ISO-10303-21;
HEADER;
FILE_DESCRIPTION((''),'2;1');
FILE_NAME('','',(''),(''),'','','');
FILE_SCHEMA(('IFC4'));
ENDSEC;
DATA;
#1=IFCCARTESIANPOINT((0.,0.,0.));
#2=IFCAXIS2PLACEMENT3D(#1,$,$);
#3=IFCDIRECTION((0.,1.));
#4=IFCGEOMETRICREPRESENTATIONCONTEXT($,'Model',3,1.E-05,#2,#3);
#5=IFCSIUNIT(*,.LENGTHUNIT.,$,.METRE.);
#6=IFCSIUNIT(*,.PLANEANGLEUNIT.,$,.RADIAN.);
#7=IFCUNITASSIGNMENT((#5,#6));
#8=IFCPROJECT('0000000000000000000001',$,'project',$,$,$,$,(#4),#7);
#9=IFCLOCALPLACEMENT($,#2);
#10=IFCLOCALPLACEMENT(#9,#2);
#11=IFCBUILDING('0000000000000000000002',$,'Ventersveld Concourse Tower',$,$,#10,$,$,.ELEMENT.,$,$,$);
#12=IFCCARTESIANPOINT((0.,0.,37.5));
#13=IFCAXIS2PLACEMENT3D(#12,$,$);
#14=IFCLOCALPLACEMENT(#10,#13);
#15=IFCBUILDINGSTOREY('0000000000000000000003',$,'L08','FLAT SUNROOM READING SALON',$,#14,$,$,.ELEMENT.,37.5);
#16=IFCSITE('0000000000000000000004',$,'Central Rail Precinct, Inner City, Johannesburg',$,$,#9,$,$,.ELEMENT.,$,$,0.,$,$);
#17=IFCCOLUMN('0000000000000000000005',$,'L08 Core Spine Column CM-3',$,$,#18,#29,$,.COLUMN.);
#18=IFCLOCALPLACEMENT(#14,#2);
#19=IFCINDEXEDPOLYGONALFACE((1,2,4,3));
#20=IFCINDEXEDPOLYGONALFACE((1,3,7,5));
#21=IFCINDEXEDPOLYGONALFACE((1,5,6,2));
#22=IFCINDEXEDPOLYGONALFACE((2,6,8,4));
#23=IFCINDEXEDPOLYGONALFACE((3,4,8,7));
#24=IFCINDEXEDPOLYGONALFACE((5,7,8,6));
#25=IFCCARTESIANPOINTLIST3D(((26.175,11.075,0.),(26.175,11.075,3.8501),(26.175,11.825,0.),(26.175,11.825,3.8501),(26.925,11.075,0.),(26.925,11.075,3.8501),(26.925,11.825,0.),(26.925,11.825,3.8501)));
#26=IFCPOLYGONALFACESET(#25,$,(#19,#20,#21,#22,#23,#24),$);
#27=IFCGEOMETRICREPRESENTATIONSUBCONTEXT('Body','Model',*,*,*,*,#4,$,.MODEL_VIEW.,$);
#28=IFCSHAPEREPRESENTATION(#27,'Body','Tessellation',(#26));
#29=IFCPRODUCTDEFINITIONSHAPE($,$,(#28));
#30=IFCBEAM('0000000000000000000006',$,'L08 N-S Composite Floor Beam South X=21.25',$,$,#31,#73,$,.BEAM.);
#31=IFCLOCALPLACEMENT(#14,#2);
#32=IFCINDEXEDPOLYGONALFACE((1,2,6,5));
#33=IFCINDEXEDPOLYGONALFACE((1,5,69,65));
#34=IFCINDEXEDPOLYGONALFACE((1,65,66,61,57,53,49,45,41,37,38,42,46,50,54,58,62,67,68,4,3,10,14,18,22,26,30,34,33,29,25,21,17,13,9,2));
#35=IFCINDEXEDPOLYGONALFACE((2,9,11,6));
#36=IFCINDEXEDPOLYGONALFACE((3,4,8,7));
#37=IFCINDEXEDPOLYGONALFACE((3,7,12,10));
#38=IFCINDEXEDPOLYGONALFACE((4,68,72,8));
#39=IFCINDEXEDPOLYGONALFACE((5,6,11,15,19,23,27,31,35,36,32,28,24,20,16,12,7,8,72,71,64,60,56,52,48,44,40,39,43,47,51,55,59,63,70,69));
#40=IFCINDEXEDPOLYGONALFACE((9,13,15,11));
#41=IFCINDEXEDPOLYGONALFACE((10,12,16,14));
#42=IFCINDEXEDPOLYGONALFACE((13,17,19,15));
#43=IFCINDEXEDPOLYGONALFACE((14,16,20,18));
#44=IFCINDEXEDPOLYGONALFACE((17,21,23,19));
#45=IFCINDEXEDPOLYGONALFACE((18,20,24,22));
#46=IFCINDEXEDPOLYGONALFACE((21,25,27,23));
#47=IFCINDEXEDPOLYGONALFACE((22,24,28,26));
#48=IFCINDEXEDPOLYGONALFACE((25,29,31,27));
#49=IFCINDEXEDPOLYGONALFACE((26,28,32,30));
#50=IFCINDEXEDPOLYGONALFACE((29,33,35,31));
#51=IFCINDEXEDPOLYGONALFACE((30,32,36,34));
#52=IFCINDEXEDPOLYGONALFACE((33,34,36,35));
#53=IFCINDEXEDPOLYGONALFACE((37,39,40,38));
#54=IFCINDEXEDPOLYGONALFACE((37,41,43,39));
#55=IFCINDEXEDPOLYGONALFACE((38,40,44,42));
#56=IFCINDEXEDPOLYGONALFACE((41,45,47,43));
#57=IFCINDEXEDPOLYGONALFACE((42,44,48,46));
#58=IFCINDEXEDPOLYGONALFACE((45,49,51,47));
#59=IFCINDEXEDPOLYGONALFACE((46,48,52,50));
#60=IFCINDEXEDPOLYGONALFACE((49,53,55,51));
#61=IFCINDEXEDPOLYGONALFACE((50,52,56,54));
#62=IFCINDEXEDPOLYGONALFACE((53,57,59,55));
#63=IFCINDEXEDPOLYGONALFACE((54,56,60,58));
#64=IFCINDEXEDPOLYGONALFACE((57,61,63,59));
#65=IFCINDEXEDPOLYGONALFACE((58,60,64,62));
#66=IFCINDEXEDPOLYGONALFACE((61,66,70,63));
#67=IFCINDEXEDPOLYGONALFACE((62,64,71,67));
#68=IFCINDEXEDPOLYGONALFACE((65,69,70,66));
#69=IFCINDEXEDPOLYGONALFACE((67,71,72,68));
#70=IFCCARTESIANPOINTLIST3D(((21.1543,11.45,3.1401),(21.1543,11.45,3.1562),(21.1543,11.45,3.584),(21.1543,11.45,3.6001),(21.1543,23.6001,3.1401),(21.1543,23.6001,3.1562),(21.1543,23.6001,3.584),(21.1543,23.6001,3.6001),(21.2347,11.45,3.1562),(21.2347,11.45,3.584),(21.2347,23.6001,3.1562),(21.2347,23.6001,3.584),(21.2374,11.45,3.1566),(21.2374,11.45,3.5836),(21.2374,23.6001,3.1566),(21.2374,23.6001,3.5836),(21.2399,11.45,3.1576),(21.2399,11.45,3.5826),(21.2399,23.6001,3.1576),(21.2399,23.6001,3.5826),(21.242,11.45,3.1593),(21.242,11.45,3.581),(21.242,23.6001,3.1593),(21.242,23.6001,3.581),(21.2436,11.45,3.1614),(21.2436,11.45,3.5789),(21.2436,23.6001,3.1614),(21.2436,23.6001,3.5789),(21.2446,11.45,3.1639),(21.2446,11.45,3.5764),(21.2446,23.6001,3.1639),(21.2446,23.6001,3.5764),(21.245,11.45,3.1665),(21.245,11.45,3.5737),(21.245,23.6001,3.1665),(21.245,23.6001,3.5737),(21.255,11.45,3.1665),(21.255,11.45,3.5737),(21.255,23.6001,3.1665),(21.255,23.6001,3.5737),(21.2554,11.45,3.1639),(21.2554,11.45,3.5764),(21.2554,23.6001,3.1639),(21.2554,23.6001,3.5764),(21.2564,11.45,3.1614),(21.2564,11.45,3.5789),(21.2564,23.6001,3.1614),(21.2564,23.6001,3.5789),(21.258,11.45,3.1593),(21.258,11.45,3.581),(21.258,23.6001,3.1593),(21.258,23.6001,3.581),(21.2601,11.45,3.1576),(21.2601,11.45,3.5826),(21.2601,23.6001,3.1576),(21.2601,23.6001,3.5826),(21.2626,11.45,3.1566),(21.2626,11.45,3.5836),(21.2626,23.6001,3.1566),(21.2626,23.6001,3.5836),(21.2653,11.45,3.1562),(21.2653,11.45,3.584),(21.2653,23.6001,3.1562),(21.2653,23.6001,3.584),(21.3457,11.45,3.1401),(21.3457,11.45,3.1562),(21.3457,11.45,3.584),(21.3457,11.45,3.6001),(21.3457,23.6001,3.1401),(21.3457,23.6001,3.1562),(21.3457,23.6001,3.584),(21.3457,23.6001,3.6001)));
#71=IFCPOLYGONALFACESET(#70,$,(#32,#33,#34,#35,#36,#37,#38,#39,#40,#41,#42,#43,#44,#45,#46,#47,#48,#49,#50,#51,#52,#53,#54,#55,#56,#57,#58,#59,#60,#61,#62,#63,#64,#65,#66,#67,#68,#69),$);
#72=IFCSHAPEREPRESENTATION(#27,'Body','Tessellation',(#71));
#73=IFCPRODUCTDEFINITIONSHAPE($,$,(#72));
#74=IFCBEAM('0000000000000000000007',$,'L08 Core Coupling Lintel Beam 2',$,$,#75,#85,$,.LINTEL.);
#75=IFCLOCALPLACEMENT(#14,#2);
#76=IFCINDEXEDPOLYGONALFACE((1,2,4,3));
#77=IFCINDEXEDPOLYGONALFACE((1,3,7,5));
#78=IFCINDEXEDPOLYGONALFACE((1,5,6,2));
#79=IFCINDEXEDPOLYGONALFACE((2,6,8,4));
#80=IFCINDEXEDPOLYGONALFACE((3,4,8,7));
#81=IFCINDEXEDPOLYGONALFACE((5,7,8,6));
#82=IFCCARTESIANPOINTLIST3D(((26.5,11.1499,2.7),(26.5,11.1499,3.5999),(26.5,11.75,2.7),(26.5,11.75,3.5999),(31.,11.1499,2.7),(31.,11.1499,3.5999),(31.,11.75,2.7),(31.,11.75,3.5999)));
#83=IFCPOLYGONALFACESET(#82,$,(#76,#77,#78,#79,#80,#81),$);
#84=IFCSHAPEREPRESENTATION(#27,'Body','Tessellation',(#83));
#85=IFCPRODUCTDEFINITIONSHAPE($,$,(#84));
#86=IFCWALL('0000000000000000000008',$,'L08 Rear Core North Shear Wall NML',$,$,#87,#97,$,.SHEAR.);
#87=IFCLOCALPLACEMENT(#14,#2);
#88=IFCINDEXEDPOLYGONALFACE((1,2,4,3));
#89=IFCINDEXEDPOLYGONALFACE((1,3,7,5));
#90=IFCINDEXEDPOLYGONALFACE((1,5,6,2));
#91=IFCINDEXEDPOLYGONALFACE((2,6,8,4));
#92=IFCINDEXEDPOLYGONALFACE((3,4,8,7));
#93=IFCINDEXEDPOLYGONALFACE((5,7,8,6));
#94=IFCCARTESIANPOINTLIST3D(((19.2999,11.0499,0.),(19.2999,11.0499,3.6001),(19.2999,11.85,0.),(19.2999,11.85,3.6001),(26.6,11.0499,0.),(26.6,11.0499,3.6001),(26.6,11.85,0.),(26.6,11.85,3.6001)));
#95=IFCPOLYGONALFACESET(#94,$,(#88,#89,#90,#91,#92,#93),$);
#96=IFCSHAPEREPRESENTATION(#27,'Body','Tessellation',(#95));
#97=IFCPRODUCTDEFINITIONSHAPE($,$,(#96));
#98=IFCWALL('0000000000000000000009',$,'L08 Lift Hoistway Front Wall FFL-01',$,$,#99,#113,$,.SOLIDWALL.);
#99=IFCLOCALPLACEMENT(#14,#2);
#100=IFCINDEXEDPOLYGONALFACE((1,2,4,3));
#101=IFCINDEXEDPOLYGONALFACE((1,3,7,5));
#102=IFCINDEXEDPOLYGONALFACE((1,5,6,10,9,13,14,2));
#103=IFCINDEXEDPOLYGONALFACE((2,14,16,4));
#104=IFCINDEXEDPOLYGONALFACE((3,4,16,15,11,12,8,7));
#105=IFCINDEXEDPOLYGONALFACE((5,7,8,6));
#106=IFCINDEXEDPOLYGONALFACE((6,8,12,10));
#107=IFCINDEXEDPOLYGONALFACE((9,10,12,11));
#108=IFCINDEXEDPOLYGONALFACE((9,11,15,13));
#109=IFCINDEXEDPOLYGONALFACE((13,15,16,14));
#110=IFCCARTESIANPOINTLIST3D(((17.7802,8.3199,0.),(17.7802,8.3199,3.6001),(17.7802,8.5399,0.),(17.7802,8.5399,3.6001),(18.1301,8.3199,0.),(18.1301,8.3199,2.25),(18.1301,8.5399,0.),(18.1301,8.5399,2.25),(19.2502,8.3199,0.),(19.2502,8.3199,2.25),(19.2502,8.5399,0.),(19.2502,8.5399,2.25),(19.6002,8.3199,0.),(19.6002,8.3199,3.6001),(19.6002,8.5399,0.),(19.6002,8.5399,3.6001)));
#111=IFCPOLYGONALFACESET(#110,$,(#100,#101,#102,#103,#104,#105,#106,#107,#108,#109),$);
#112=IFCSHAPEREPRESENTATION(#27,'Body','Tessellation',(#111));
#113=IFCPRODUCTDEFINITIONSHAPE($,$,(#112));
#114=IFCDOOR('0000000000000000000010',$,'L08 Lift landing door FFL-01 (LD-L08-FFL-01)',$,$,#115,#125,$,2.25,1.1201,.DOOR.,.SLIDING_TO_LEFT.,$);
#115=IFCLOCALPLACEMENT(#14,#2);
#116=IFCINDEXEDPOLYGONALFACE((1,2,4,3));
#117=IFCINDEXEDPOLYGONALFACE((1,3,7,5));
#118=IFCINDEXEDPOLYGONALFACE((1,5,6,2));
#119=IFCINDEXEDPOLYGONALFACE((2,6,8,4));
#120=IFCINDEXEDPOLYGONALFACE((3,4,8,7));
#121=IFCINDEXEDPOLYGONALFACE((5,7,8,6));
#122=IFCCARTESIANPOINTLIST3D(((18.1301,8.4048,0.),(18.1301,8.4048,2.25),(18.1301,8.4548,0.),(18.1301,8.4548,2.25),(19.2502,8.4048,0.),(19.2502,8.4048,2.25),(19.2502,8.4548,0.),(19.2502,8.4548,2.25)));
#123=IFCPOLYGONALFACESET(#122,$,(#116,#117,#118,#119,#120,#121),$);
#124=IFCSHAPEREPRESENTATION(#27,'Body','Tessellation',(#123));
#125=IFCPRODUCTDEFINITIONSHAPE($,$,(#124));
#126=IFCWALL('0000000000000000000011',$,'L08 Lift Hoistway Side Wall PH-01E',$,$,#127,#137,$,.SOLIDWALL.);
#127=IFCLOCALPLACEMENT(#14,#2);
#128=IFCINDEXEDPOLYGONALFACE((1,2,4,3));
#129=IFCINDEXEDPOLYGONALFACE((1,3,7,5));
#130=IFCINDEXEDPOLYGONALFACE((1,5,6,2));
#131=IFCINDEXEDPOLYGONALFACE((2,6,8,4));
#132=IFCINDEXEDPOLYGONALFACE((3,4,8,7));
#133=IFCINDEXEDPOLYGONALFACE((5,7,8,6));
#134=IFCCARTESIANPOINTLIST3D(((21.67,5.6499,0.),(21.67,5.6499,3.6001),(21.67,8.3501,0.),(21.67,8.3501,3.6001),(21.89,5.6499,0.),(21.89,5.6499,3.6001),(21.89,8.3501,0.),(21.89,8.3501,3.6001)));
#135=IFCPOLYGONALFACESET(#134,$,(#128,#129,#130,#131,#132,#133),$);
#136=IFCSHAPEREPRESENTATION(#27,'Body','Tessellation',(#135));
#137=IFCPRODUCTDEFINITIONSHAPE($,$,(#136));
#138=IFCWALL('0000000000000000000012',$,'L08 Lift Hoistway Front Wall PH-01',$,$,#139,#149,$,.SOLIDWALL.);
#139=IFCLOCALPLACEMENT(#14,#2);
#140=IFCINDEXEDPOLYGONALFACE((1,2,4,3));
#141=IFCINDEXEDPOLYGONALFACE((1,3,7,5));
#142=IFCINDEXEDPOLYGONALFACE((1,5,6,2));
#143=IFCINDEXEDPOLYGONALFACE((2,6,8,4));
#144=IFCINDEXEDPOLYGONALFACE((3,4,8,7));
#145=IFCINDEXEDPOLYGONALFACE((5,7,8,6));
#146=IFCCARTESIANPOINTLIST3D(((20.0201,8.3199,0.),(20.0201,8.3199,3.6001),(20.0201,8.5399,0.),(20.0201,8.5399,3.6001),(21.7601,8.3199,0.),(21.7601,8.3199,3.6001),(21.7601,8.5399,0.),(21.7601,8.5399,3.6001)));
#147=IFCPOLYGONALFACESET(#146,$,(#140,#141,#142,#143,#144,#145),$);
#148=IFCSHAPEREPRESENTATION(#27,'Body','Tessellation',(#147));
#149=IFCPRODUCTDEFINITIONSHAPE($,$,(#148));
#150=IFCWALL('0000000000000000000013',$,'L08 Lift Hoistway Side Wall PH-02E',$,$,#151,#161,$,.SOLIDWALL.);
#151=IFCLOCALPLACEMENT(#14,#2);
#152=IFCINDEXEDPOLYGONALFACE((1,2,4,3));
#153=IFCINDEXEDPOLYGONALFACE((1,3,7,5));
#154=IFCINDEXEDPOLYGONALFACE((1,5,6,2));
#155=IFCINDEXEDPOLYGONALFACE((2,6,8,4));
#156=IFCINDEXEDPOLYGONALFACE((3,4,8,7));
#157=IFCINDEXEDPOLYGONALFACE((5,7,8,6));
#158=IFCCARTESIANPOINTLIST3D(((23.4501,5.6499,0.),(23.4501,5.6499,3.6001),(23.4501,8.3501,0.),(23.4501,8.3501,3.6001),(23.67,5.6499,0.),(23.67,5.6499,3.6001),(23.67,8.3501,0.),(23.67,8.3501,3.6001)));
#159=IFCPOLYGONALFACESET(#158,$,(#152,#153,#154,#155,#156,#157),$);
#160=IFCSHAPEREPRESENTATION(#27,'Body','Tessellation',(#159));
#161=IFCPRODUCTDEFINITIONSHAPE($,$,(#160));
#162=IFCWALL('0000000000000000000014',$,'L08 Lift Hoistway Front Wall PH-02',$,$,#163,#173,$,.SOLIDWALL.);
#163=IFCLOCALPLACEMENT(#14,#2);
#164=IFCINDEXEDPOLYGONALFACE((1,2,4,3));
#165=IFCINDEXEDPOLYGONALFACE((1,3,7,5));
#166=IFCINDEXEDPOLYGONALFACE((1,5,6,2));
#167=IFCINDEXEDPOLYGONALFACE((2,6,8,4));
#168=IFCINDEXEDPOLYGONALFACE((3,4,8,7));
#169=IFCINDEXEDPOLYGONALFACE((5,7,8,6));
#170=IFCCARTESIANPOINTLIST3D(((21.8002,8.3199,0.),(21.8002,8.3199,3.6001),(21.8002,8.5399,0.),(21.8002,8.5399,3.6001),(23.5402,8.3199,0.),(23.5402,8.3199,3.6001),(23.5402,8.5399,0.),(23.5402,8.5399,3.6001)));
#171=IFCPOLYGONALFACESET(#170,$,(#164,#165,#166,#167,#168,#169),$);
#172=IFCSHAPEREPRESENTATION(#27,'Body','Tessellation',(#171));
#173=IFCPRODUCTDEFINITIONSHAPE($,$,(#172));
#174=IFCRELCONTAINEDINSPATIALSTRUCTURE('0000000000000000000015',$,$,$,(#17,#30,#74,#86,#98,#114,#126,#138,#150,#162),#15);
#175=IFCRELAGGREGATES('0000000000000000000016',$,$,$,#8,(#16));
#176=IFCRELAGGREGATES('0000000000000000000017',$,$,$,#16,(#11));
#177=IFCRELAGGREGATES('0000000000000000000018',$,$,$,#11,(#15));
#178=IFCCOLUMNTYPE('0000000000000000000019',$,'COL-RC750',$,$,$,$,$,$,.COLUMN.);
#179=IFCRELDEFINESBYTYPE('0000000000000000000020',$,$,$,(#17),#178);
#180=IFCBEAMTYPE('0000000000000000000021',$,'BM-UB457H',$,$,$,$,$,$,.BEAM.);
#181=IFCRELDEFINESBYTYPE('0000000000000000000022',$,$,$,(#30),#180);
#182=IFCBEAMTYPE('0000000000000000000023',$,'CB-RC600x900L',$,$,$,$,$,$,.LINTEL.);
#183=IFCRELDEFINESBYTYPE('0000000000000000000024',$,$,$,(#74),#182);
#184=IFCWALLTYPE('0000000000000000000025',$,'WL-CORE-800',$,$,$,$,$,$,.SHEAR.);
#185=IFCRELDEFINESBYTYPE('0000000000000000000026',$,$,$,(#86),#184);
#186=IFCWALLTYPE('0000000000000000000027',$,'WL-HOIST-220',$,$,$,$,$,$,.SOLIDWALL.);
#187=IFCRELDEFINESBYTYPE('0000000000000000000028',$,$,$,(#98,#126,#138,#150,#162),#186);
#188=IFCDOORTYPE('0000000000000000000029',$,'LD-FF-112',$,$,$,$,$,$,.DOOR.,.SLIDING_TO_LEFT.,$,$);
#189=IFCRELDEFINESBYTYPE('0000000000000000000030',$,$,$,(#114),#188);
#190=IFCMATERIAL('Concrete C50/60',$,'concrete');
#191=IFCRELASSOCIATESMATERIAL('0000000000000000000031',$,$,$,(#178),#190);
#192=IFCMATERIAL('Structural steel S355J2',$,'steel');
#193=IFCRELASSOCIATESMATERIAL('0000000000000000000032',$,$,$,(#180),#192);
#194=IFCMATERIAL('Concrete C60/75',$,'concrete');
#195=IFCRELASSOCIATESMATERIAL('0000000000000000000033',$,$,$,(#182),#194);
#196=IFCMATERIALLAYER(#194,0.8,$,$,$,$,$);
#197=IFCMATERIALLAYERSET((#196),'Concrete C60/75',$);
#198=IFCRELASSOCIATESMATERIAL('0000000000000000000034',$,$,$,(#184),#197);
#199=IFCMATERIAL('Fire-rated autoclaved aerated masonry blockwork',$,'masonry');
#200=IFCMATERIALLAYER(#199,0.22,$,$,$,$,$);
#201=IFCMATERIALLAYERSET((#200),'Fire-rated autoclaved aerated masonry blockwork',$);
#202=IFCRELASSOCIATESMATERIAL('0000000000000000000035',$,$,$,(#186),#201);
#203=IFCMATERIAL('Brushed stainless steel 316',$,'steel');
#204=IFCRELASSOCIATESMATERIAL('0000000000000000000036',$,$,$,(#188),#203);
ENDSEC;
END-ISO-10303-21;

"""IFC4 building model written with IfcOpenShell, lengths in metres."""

from ifc_helpers import new_model, si_unit, direction, frame, frame_2d, origin, origin_2d, place, context, subcontext, project, spatial, rectangle, i_section, extrude, material, layer, layer_set, material_profile, profile_set, type_object, element, fill, save


model = new_model("IFC4")

# Units and contexts
model_context = context("Model", 3, precision=1e-05, world=origin(), true_north=direction((0.0, 1.0)))
body_context = subcontext(model_context, "Body", "Model", "MODEL_VIEW")
ifc_project = project(units=[si_unit("LENGTHUNIT", "METRE"), si_unit("PLANEANGLEUNIT", "RADIAN")], contexts=[model_context])

# Site, building, storey
site_placement = place(None, origin())
site = spatial("IfcSite", under=ifc_project, at=site_placement, Name="Central Rail Precinct, Inner City, Johannesburg", CompositionType="ELEMENT", RefElevation=0.0)
building_placement = place(site_placement, origin())
building = spatial("IfcBuilding", under=site, at=building_placement, Name="Ventersveld Concourse Tower", CompositionType="ELEMENT")
storey_placement = place(building_placement, frame((0.0, 0.0, 37.5)))
storey = spatial("IfcBuildingStorey", under=building, at=storey_placement, Name="L08", Description="FLAT SUNROOM READING SALON", CompositionType="ELEMENT", Elevation=37.5)

# Column
ifc_material_1 = material(Name="Concrete C50/60", Category="concrete")
ifc_material_profile_1 = material_profile(ifc_material_1, rectangle(XDim=0.75, YDim=0.75, at=origin_2d()), Name="RC 750x750")
ifc_profile_set_1 = profile_set([ifc_material_profile_1], Name="Concrete C50/60")
column_type = type_object("IfcColumnType", Name="COL-RC750", PredefinedType="COLUMN", material=ifc_profile_set_1)
column_placement = place(storey_placement, frame((26.55, 11.45, 0.0), z_axis=(0.0, 0.0, 1.0), x_axis=(1.0, 0.0, 0.0)))
element("IfcColumn", 1, at=column_placement, inside=storey, type_object=column_type, Name="L08 Core Spine Column CM-3", PredefinedType="COLUMN", context=body_context, shape_type="SweptSolid", body=[
    extrude(rectangle(XDim=0.75, YDim=0.75, at=origin_2d()), origin(), (0.0, 0.0, 1.0), 3.8501),
])

# Beams
ifc_material_2 = material(Name="Structural steel S355J2", Category="steel")
ifc_material_profile_2 = material_profile(ifc_material_2, i_section(OverallWidth=0.1914, OverallDepth=0.46, WebThickness=0.01, FlangeThickness=0.0161, FilletRadius=0.0103, at=origin_2d()), Name="UB 457x191x82")
ifc_profile_set_2 = profile_set([ifc_material_profile_2], Name="Structural steel S355J2")
beam_type_1 = type_object("IfcBeamType", Name="BM-UB457H", PredefinedType="BEAM", material=ifc_profile_set_2)
beam_1_placement = place(storey_placement, frame((21.25, 11.45, 3.3701), z_axis=(0.0, 1.0, 0.0), x_axis=(-1.0, 0.0, 0.0)))
element("IfcBeam", 2, at=beam_1_placement, inside=storey, type_object=beam_type_1, Name="L08 N-S Composite Floor Beam South X=21.25", PredefinedType="BEAM", context=body_context, shape_type="SweptSolid", body=[
    extrude(i_section(OverallWidth=0.1914, OverallDepth=0.46, WebThickness=0.01, FlangeThickness=0.0161, FilletRadius=0.0103, at=origin_2d()), origin(), (0.0, 0.0, 1.0), 12.1501),
])
ifc_material_3 = material(Name="Concrete C60/75", Category="concrete")
ifc_material_profile_3 = material_profile(ifc_material_3, rectangle(XDim=0.6001, YDim=0.8999, at=origin_2d()), Name="RC 600x900")
ifc_profile_set_3 = profile_set([ifc_material_profile_3], Name="Concrete C60/75")
beam_type_2 = type_object("IfcBeamType", Name="CB-RC600x900L", PredefinedType="LINTEL", material=ifc_profile_set_3)
beam_2_placement = place(storey_placement, frame((26.5, 11.45, 3.1499), z_axis=(1.0, 0.0, 0.0), x_axis=(0.0, 1.0, 0.0)))
element("IfcBeam", 3, at=beam_2_placement, inside=storey, type_object=beam_type_2, Name="L08 Core Coupling Lintel Beam 2", PredefinedType="LINTEL", context=body_context, shape_type="SweptSolid", body=[
    extrude(rectangle(XDim=0.6001, YDim=0.8999, at=origin_2d()), origin(), (0.0, 0.0, 1.0), 4.5),
])

# Wall
ifc_layer_1 = layer(ifc_material_3, 0.8)
ifc_layer_set_1 = layer_set([ifc_layer_1], Name="Concrete C60/75")
wall_type_1 = type_object("IfcWallType", Name="WL-CORE-800", PredefinedType="SHEAR", material=ifc_layer_set_1)
wall_1_placement = place(storey_placement, frame((19.3, 11.45, 0.0), z_axis=(0.0, 0.0, 1.0), x_axis=(1.0, 0.0, 0.0)))
element("IfcWall", 4, at=wall_1_placement, inside=storey, type_object=wall_type_1, Name="L08 Rear Core North Shear Wall NML", PredefinedType="SHEAR", context=body_context, shape_type="SweptSolid", body=[
    extrude(rectangle(XDim=7.3, YDim=0.8, at=frame_2d((3.6499, 0.0))), origin(), (0.0, 0.0, 1.0), 3.6001),
])

# Wall, opening, door
ifc_material_4 = material(Name="Fire-rated autoclaved aerated masonry blockwork", Category="masonry")
ifc_layer_2 = layer(ifc_material_4, 0.22)
ifc_layer_set_2 = layer_set([ifc_layer_2], Name="Fire-rated autoclaved aerated masonry blockwork")
wall_type_2 = type_object("IfcWallType", Name="WL-HOIST-220", PredefinedType="SOLIDWALL", material=ifc_layer_set_2)
wall_2_placement = place(storey_placement, frame((17.78, 8.4299, 0.0), z_axis=(0.0, 0.0, 1.0), x_axis=(1.0, 0.0, 0.0)))
wall_2 = element("IfcWall", 5, at=wall_2_placement, inside=storey, type_object=wall_type_2, Name="L08 Lift Hoistway Front Wall FFL-01", PredefinedType="SOLIDWALL", context=body_context, shape_type="SweptSolid", body=[
    extrude(rectangle(XDim=1.8201, YDim=0.22, at=frame_2d((0.9102, 0.0))), origin(), (0.0, 0.0, 1.0), 3.6001),
])
opening_1_placement = place(wall_2_placement, frame((0.3501, 0.0, 0.0)))
opening_1 = element("IfcOpeningElement", 6, at=opening_1_placement, cuts=wall_2, PredefinedType="OPENING", context=body_context, shape_type="SweptSolid", body=[
    extrude(rectangle(XDim=1.1201, YDim=2.25, at=frame_2d((0.5601, 1.125))), frame((0.0, 0.1201, 0.0), z_axis=(0.0, -1.0, 0.0), x_axis=(1.0, 0.0, 0.0)), (0.0, 0.0, 1.0), 0.24),
])
ifc_material_5 = material(Name="Brushed stainless steel 316", Category="steel")
door_type_1 = type_object("IfcDoorType", Name="LD-FF-112", OperationType="SLIDING_TO_LEFT", PredefinedType="DOOR", material=ifc_material_5)
door_1_placement = place(opening_1_placement, origin())
door_1 = element("IfcDoor", 7, at=door_1_placement, inside=storey, type_object=door_type_1, Name="L08 Lift landing door FFL-01 (LD-L08-FFL-01)", OperationType="SLIDING_TO_LEFT", OverallHeight=2.25, OverallWidth=1.1201, PredefinedType="DOOR", context=body_context, shape_type="SweptSolid", body=[
    extrude(rectangle(XDim=1.1201, YDim=2.25, at=frame_2d((0.5601, 1.125))), frame((0.0, 0.0249, 0.0), z_axis=(0.0, -1.0, 0.0), x_axis=(1.0, 0.0, 0.0)), (0.0, 0.0, 1.0), 0.05),
])
fill(opening_1, door_1)

# Walls
wall_3_placement = place(storey_placement, frame((21.78, 5.6499, 0.0), z_axis=(0.0, 0.0, 1.0), x_axis=(0.0, 1.0, 0.0)))
element("IfcWall", 8, at=wall_3_placement, inside=storey, type_object=wall_type_2, Name="L08 Lift Hoistway Side Wall PH-01E", PredefinedType="SOLIDWALL", context=body_context, shape_type="SweptSolid", body=[
    extrude(rectangle(XDim=2.7002, YDim=0.22, at=frame_2d((1.3501, 0.0))), origin(), (0.0, 0.0, 1.0), 3.6001),
])
wall_4_placement = place(storey_placement, frame((20.02, 8.4299, 0.0), z_axis=(0.0, 0.0, 1.0), x_axis=(1.0, 0.0, 0.0)))
element("IfcWall", 9, at=wall_4_placement, inside=storey, type_object=wall_type_2, Name="L08 Lift Hoistway Front Wall PH-01", PredefinedType="SOLIDWALL", context=body_context, shape_type="SweptSolid", body=[
    extrude(rectangle(XDim=1.74, YDim=0.22, at=frame_2d((0.8701, 0.0))), origin(), (0.0, 0.0, 1.0), 3.6001),
])
wall_5_placement = place(storey_placement, frame((23.5601, 5.6499, 0.0), z_axis=(0.0, 0.0, 1.0), x_axis=(0.0, 1.0, 0.0)))
element("IfcWall", 10, at=wall_5_placement, inside=storey, type_object=wall_type_2, Name="L08 Lift Hoistway Side Wall PH-02E", PredefinedType="SOLIDWALL", context=body_context, shape_type="SweptSolid", body=[
    extrude(rectangle(XDim=2.7002, YDim=0.22, at=frame_2d((1.3501, 0.0))), origin(), (0.0, 0.0, 1.0), 3.6001),
])
wall_6_placement = place(storey_placement, frame((21.8, 8.4299, 0.0), z_axis=(0.0, 0.0, 1.0), x_axis=(1.0, 0.0, 0.0)))
element("IfcWall", 11, at=wall_6_placement, inside=storey, type_object=wall_type_2, Name="L08 Lift Hoistway Front Wall PH-02", PredefinedType="SOLIDWALL", context=body_context, shape_type="SweptSolid", body=[
    extrude(rectangle(XDim=1.74, YDim=0.22, at=frame_2d((0.8701, 0.0))), origin(), (0.0, 0.0, 1.0), 3.6001),
])

save(model, "model.ifc")
